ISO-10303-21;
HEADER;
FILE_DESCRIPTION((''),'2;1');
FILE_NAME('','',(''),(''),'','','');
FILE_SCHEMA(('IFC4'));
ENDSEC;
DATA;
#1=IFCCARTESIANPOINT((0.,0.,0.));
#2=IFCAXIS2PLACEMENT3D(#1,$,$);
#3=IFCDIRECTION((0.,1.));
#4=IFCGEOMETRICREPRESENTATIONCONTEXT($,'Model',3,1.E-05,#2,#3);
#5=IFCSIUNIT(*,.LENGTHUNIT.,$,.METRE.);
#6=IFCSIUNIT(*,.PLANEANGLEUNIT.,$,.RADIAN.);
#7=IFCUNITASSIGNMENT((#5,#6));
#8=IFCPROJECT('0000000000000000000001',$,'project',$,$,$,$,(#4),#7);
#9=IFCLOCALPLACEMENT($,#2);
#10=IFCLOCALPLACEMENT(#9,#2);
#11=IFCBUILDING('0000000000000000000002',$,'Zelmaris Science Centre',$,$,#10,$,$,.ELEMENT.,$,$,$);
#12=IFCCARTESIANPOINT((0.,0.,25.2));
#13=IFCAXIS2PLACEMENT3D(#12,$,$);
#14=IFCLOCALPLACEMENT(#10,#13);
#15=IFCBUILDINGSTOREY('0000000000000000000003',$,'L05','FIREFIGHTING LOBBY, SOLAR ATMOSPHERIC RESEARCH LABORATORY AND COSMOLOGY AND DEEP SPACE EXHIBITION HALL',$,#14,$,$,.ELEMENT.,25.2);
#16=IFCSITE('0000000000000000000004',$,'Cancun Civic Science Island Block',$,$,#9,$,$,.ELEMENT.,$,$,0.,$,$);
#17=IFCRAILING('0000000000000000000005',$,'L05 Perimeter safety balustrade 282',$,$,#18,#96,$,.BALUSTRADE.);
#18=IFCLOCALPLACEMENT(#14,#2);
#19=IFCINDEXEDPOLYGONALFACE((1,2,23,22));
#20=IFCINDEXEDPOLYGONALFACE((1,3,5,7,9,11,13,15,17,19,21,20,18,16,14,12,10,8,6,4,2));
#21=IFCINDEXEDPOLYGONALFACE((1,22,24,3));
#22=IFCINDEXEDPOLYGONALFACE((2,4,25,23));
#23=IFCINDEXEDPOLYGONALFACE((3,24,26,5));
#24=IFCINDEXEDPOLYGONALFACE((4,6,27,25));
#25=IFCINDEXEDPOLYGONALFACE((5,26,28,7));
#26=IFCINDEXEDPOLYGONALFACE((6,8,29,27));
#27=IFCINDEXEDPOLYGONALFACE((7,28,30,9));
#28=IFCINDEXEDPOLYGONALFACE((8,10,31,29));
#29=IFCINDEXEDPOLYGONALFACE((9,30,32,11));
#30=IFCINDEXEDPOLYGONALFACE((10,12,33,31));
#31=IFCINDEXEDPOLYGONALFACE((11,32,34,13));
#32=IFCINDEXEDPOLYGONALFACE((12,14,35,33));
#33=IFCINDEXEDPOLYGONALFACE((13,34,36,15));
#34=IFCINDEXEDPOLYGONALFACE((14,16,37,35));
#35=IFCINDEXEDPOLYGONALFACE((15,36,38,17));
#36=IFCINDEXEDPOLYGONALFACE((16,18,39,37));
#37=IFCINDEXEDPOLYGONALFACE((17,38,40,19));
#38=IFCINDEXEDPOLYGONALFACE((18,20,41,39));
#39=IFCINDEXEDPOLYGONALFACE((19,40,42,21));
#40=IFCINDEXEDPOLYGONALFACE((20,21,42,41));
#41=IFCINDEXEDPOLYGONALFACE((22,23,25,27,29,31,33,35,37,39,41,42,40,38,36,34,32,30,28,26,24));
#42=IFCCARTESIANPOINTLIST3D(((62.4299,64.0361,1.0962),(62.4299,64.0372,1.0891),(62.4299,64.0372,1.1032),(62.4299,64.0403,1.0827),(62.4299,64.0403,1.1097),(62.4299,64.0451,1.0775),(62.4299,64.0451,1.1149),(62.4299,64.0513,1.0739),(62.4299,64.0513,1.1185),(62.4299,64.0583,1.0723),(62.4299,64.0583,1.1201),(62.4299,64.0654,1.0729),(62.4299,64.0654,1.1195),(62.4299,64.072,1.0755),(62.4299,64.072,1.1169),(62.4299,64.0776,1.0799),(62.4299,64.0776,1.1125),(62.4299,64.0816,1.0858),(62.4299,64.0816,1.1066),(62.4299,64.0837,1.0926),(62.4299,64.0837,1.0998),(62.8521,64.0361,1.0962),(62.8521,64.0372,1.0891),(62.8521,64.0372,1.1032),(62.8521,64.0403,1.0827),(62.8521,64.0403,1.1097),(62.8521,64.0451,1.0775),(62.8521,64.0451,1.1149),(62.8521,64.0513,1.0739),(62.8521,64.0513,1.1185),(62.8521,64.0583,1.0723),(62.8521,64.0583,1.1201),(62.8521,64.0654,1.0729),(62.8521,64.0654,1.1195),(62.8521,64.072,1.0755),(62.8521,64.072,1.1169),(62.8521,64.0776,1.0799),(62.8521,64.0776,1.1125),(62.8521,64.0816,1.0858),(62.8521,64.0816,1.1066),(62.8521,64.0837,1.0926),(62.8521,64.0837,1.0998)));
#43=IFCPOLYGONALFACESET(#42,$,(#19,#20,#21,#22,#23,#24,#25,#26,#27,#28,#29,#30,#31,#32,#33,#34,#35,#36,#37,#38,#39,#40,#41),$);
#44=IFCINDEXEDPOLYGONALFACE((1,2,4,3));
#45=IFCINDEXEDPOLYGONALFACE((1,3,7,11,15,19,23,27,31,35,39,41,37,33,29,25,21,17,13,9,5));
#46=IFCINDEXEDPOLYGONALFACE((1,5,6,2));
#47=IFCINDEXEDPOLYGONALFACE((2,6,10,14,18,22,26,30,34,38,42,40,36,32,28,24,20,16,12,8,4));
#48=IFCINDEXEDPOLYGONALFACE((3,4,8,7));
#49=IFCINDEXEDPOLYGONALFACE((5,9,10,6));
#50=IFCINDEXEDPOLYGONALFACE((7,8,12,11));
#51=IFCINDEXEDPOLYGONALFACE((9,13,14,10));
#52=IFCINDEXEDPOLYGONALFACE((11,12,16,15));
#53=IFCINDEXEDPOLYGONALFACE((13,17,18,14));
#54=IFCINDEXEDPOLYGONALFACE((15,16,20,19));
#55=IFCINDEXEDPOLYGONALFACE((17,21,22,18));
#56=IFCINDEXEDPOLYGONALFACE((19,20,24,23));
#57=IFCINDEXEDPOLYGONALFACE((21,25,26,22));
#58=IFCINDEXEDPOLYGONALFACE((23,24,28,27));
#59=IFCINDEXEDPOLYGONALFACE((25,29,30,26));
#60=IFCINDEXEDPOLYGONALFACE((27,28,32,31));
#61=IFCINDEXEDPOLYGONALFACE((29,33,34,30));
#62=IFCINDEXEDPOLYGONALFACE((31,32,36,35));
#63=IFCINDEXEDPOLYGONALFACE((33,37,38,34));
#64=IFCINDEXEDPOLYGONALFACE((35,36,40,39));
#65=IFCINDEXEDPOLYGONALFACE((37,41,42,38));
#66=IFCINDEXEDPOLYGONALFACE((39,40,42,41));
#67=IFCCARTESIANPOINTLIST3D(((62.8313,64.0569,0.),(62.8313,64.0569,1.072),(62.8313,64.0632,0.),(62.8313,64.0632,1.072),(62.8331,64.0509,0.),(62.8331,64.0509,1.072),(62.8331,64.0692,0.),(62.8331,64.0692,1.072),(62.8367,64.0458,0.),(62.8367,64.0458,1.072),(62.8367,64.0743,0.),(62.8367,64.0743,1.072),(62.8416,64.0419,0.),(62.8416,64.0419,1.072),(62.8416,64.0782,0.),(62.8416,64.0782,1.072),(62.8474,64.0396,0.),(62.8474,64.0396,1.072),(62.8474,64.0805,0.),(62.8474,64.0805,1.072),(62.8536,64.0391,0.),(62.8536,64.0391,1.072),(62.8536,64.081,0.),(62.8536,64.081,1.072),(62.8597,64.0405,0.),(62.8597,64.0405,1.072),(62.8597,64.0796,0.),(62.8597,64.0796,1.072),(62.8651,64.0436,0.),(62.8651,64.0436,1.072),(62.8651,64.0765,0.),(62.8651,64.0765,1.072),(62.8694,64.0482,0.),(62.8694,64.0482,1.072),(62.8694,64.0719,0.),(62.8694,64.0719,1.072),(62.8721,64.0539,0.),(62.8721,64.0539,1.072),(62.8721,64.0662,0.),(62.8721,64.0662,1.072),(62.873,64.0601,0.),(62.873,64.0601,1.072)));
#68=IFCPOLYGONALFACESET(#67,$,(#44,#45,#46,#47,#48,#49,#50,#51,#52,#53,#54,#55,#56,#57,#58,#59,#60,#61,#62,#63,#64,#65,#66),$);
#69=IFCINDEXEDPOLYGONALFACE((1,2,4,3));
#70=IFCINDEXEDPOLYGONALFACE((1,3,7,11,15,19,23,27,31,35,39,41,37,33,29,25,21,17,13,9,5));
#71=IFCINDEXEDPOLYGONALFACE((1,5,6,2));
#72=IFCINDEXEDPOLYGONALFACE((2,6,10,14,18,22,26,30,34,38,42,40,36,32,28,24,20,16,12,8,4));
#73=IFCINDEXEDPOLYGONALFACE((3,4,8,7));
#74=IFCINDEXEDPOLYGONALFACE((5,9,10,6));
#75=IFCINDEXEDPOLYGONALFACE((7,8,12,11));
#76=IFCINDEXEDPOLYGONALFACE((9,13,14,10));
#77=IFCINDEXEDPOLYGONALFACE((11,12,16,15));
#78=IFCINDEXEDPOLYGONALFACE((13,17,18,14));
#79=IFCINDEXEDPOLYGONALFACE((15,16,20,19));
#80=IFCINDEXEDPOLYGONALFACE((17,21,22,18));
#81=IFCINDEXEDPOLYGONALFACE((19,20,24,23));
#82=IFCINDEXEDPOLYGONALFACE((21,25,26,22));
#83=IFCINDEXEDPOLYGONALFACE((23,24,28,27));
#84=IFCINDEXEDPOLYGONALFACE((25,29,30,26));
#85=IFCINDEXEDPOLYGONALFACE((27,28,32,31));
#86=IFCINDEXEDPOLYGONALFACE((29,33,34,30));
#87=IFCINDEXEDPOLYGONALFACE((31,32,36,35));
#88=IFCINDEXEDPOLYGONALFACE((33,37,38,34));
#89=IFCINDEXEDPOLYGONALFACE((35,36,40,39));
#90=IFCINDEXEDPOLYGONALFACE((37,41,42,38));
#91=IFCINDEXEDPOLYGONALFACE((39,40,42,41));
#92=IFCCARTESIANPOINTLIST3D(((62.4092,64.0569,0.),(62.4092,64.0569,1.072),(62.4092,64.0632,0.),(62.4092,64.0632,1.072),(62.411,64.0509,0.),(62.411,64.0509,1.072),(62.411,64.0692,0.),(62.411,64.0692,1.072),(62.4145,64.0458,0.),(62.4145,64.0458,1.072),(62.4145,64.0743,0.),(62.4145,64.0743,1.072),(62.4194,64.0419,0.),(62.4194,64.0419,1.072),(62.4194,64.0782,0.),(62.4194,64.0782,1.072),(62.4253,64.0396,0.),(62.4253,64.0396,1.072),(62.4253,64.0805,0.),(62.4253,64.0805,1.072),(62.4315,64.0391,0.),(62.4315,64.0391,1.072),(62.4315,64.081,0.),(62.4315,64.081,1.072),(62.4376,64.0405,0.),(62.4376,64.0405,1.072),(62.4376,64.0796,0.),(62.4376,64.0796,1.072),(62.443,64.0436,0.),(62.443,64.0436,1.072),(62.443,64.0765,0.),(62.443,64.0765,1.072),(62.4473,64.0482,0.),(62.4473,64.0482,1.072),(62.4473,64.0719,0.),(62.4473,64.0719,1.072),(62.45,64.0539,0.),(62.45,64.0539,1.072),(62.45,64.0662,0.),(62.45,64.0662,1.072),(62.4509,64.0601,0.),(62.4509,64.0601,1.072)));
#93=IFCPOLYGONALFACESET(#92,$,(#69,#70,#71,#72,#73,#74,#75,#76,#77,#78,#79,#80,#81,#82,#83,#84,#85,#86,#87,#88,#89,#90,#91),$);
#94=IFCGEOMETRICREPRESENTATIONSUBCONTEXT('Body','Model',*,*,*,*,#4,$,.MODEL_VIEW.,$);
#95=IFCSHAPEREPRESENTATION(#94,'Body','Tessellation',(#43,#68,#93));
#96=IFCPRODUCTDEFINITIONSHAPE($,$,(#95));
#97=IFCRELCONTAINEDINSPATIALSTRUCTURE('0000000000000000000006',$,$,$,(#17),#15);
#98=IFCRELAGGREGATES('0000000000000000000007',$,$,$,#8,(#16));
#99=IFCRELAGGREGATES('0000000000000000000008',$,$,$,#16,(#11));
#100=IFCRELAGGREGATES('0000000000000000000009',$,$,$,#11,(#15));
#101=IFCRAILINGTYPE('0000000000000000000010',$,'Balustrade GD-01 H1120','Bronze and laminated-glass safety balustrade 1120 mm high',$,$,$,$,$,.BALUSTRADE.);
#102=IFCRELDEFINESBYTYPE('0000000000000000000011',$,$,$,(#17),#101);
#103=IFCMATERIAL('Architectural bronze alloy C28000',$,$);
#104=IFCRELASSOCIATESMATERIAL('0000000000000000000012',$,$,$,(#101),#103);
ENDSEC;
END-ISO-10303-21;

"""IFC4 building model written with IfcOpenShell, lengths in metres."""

from ifc_helpers import new_model, si_unit, direction, frame, origin, origin_2d, place, context, subcontext, project, spatial, circle, extrude, material, type_object, element, save


model = new_model("IFC4")

# Units and contexts
model_context = context("Model", 3, precision=1e-05, world=origin(), true_north=direction((0.0, 1.0)))
body_context = subcontext(model_context, "Body", "Model", "MODEL_VIEW")
ifc_project = project(units=[si_unit("LENGTHUNIT", "METRE"), si_unit("PLANEANGLEUNIT", "RADIAN")], contexts=[model_context])

# Site, building, storey
site_placement = place(None, origin())
site = spatial("IfcSite", under=ifc_project, at=site_placement, Name="Cancun Civic Science Island Block", CompositionType="ELEMENT", RefElevation=0.0)
building_placement = place(site_placement, origin())
building = spatial("IfcBuilding", under=site, at=building_placement, Name="Zelmaris Science Centre", CompositionType="ELEMENT")
storey_placement = place(building_placement, frame((0.0, 0.0, 25.2)))
storey = spatial("IfcBuildingStorey", under=building, at=storey_placement, Name="L05", Description="FIREFIGHTING LOBBY, SOLAR ATMOSPHERIC RESEARCH LABORATORY AND COSMOLOGY AND DEEP SPACE EXHIBITION HALL", CompositionType="ELEMENT", Elevation=25.2)

# Railing
ifc_material_1 = material(Name="Architectural bronze alloy C28000")
railing_type = type_object("IfcRailingType", Name="Balustrade GD-01 H1120", Description="Bronze and laminated-glass safety balustrade 1120 mm high", PredefinedType="BALUSTRADE", material=ifc_material_1)
railing_1_placement = place(storey_placement, frame((62.8521, 64.0601, 0.0)))
element("IfcRailing", 1, at=railing_1_placement, inside=storey, type_object=railing_type, Name="L05 Perimeter safety balustrade 282", PredefinedType="BALUSTRADE", context=body_context, shape_type="SweptSolid", body=[
    extrude(circle(Radius=0.0239, at=origin_2d()), frame((0.0, 0.0, 1.0962), z_axis=(-1.0, 0.0, 0.0), x_axis=(0.0, -1.0, 0.0)), (0.0, 0.0, 1.0), 0.4221),
    extrude(circle(Radius=0.021, at=origin_2d()), origin(), (0.0, 0.0, 1.0), 1.072),
    extrude(circle(Radius=0.021, at=origin_2d()), frame((-0.4221, 0.0, 0.0)), (0.0, 0.0, 1.0), 1.072),
])

save(model, "model.ifc")
